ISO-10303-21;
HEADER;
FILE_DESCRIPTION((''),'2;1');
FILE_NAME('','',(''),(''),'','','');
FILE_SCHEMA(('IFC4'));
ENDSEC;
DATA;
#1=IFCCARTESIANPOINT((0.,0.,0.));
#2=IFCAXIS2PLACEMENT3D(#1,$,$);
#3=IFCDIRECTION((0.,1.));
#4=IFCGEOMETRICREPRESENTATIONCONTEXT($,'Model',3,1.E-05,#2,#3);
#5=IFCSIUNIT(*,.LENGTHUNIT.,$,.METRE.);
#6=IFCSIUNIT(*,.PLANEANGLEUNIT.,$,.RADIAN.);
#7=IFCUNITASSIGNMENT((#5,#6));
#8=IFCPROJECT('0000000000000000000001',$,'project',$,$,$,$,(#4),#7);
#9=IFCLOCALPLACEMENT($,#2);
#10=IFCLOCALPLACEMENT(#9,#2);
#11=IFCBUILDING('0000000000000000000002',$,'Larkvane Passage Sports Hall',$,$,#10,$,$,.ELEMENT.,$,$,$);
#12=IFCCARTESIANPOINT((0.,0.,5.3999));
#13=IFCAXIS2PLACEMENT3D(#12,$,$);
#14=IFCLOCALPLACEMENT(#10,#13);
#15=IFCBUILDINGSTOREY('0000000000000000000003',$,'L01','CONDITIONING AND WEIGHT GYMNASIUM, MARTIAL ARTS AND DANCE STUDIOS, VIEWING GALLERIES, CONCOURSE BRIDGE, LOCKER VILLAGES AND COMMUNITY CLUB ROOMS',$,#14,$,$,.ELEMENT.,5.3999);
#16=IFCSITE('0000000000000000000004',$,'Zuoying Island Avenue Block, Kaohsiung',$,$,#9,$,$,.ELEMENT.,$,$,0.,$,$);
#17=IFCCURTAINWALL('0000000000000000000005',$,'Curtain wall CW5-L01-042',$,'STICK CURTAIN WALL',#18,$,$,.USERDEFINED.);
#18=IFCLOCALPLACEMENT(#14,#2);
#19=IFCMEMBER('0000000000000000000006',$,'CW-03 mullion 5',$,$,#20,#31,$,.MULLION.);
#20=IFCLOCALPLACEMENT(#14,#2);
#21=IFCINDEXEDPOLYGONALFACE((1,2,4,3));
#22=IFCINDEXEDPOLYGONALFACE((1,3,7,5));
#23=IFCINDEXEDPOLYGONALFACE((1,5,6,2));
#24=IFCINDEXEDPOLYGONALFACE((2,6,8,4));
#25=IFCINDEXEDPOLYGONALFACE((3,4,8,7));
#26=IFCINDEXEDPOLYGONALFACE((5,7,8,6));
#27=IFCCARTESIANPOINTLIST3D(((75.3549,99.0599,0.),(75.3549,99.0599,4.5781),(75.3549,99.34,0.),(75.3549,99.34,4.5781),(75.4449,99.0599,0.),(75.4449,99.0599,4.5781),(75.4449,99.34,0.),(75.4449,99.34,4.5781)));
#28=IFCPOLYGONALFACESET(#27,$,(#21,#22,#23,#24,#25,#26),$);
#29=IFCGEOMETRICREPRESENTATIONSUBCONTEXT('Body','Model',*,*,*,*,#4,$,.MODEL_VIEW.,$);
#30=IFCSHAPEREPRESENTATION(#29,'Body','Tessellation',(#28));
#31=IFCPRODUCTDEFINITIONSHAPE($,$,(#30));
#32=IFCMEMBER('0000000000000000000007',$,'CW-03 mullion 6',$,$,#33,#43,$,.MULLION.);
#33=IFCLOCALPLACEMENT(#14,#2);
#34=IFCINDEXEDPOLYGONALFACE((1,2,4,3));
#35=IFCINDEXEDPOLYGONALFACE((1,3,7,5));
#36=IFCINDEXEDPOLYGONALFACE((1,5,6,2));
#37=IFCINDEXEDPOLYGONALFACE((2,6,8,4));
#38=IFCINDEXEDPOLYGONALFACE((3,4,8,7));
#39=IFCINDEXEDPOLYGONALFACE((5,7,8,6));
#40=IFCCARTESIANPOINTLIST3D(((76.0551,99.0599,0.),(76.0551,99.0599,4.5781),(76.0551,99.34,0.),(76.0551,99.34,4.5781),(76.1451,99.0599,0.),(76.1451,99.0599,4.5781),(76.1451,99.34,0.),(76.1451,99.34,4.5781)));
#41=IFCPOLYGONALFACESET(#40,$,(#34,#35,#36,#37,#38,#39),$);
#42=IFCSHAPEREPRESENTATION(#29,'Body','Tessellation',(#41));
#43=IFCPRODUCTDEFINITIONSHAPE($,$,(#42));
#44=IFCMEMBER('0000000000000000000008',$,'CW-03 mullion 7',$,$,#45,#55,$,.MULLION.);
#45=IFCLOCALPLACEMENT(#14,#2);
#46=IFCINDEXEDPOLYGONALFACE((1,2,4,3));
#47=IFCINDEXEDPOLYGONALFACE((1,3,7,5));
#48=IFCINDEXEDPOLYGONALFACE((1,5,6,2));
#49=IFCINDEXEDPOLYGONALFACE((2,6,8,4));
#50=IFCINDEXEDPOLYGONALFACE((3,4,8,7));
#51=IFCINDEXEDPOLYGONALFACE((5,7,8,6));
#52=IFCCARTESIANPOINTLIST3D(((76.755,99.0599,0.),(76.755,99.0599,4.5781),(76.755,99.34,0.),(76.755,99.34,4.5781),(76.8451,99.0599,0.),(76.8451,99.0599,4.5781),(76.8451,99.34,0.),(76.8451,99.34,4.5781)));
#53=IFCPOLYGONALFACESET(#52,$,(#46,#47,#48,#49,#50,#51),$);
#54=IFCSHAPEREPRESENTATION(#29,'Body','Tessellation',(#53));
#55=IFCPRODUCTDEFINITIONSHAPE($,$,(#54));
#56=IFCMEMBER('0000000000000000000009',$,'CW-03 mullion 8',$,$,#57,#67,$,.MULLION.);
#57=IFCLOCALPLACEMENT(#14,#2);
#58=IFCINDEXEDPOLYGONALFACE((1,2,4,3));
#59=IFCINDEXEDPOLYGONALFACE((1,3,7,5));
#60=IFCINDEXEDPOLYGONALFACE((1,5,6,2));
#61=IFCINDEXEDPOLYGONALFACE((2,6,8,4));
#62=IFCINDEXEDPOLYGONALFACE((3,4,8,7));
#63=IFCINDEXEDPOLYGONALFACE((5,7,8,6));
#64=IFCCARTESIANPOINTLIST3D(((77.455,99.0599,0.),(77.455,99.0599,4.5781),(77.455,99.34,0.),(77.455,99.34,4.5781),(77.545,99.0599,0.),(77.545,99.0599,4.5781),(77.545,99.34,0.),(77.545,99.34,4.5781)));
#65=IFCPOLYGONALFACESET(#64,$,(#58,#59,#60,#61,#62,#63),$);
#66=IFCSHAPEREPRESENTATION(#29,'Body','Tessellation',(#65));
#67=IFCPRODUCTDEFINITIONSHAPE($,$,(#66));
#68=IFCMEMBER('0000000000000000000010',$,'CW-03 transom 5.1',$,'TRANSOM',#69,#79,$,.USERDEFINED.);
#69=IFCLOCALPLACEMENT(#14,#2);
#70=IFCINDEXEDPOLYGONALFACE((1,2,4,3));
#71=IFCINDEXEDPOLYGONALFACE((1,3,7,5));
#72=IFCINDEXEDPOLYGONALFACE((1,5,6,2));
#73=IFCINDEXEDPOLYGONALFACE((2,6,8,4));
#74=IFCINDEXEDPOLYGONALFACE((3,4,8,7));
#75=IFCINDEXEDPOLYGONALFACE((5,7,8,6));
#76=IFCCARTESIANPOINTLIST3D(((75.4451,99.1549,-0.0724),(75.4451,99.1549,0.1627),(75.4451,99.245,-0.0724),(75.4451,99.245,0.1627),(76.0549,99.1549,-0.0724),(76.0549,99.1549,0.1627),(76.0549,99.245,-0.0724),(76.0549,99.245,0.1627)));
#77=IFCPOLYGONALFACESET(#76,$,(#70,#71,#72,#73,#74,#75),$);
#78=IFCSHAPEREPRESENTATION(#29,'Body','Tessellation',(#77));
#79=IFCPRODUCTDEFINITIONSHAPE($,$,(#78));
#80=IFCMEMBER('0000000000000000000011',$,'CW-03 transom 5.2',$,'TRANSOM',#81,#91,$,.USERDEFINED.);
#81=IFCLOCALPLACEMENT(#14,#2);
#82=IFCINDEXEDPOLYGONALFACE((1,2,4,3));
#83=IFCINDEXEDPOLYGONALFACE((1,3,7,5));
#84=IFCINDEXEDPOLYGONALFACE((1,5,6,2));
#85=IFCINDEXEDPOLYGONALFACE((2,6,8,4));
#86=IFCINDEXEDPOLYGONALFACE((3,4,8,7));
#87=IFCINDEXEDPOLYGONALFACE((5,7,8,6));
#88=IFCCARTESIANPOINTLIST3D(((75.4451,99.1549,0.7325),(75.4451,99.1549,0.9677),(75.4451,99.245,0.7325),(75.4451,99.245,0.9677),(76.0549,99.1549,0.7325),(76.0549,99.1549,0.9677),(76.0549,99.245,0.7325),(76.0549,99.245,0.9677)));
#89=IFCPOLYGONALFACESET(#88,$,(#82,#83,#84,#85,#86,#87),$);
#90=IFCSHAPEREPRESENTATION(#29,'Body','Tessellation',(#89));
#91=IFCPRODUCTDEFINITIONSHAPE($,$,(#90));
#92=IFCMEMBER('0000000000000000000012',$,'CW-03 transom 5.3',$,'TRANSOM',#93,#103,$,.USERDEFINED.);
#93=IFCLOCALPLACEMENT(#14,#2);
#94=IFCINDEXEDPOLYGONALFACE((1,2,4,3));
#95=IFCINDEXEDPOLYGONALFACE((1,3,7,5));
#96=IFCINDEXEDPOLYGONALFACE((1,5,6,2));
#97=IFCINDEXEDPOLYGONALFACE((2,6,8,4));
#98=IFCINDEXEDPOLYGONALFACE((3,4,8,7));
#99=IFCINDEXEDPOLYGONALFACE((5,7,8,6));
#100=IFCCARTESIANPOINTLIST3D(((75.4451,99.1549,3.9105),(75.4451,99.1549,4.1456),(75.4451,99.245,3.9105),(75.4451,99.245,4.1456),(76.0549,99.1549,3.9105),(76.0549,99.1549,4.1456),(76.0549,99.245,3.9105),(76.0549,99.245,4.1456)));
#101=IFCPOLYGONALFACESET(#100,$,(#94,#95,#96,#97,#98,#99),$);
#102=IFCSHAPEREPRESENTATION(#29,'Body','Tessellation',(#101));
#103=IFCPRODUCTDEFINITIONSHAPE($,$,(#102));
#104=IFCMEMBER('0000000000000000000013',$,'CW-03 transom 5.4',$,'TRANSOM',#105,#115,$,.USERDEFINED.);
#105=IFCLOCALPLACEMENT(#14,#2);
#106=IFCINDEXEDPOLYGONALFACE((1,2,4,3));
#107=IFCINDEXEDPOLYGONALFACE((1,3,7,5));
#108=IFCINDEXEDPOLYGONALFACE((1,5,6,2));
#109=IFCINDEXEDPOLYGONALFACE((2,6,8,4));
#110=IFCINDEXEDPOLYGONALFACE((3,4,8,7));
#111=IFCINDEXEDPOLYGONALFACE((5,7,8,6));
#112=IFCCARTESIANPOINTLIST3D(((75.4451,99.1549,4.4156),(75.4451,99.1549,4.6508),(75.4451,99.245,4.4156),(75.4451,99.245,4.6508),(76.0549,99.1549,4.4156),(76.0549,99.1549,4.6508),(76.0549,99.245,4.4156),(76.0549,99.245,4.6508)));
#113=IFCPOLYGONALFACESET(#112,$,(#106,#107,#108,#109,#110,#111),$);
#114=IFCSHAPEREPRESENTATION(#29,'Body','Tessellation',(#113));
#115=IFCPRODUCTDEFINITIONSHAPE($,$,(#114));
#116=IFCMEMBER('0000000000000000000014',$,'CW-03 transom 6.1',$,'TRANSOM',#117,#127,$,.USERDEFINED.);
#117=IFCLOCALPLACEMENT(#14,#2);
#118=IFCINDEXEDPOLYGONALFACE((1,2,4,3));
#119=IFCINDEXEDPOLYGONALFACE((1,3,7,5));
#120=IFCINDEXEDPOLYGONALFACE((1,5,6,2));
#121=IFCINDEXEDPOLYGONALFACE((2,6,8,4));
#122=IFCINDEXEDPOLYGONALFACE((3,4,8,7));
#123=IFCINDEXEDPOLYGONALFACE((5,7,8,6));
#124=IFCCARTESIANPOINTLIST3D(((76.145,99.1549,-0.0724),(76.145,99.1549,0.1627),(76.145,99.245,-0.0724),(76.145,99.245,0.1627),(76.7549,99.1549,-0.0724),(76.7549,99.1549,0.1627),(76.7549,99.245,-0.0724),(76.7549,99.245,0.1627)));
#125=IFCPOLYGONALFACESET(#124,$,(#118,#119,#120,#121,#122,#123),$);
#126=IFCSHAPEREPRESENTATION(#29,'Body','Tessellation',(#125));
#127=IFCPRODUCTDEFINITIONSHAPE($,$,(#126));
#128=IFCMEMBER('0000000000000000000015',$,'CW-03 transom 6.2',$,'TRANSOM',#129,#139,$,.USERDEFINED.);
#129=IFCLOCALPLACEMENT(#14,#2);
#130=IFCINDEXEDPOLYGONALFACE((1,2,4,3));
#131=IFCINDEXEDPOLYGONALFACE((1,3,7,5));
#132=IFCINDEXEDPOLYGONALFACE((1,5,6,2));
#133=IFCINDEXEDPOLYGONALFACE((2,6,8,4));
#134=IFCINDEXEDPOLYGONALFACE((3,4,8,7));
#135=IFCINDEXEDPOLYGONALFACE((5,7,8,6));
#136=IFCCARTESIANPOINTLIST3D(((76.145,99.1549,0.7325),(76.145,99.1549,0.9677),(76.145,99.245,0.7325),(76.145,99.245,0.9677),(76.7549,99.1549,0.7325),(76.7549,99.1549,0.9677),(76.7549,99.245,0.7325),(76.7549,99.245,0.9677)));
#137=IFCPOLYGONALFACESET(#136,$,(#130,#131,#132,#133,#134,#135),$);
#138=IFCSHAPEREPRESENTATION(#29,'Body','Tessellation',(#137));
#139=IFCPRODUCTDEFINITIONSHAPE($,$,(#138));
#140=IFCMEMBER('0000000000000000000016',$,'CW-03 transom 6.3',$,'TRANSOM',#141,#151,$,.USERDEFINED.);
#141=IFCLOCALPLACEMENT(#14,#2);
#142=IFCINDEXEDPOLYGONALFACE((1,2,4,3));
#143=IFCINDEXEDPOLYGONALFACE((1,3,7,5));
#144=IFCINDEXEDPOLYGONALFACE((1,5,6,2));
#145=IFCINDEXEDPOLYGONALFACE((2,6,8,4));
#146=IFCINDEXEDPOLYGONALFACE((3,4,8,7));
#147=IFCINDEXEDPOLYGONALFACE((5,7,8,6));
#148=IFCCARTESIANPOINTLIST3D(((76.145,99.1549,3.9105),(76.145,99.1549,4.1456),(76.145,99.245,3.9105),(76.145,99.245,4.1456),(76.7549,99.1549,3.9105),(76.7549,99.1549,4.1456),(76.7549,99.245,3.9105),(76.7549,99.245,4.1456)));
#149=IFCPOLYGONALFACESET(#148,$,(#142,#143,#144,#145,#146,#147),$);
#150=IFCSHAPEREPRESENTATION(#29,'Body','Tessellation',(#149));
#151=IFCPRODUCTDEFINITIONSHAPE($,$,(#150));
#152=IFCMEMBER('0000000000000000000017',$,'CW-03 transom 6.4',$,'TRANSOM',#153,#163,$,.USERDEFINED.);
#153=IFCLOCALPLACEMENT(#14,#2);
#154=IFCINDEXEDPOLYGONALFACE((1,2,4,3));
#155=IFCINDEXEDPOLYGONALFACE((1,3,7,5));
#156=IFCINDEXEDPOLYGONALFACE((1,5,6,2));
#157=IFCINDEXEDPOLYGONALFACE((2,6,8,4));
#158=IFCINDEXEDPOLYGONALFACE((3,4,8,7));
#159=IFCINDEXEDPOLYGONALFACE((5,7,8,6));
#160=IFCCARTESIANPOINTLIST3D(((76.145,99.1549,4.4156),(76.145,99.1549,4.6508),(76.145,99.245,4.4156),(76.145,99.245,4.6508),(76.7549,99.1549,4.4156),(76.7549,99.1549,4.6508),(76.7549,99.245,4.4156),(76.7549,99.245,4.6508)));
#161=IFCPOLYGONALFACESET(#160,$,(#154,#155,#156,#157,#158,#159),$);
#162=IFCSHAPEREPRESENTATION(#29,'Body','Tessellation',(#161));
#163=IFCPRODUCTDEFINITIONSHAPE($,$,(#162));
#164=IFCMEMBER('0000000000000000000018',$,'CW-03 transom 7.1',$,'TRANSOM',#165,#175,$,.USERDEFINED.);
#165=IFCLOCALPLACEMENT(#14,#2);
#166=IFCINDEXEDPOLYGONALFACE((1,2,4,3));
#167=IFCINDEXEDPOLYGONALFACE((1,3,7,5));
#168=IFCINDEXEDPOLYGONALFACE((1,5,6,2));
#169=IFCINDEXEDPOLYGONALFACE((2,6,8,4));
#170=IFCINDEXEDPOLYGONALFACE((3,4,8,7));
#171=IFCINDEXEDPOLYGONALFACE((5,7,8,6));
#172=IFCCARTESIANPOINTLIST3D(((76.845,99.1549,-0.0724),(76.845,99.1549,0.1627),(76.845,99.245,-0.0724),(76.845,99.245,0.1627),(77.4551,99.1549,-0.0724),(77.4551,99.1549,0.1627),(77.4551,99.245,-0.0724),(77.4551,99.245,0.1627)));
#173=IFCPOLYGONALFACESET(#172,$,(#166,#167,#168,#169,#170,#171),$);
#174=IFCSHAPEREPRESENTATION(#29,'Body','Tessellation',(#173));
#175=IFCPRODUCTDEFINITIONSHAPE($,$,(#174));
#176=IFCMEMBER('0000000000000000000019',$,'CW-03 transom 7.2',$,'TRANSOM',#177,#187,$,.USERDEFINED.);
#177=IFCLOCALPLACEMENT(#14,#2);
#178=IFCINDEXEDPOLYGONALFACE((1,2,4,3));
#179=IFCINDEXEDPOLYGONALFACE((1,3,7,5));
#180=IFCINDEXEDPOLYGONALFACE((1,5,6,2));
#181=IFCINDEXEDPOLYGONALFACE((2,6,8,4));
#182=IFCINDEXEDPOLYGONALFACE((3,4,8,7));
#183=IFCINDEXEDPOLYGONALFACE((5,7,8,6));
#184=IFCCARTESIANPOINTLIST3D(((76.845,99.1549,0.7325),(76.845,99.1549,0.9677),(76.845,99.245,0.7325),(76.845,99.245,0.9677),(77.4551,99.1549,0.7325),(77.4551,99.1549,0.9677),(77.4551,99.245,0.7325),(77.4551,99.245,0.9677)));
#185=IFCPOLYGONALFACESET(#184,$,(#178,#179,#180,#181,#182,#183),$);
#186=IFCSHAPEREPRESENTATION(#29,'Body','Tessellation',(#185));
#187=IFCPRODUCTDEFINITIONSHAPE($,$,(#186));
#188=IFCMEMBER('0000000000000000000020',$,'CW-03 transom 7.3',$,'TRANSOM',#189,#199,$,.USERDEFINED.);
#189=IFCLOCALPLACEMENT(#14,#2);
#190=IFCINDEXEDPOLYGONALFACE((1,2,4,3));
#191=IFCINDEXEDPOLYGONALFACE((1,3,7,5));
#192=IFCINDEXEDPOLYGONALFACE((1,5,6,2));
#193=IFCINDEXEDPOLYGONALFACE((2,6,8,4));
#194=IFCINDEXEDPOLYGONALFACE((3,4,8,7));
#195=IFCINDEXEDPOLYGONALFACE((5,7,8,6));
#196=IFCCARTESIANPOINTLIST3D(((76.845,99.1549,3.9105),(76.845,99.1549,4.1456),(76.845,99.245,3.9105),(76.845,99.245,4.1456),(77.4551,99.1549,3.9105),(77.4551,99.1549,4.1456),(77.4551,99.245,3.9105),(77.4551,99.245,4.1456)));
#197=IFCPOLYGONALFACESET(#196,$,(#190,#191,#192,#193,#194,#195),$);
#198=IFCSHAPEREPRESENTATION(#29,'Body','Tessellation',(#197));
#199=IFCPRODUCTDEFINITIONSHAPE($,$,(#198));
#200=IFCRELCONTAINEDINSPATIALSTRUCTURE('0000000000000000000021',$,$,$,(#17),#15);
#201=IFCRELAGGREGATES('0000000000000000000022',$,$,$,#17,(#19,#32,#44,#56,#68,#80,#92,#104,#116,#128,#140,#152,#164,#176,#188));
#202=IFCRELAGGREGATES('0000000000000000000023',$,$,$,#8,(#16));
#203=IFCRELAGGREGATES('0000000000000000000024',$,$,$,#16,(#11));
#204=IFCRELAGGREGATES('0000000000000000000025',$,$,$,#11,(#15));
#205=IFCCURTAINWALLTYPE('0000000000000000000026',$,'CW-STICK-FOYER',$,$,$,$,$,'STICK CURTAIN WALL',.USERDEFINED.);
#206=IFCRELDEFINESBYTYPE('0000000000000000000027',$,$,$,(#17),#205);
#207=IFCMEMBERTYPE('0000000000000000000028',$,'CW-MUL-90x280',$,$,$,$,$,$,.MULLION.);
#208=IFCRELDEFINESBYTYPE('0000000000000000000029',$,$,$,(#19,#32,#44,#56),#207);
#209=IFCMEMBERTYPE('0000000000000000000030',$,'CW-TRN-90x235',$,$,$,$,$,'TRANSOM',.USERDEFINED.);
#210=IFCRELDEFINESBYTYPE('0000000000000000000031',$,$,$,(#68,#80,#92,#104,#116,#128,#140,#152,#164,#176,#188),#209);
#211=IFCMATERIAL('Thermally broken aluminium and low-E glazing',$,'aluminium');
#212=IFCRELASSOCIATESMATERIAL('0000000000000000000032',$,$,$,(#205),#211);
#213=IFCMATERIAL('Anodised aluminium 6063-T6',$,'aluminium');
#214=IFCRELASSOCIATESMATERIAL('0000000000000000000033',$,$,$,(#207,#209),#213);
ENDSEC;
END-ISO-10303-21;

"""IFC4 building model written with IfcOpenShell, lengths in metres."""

from ifc_helpers import new_model, si_unit, direction, frame, origin, origin_2d, place, context, subcontext, project, spatial, rectangle, extrude, material, material_profile, profile_set, type_object, element, aggregate, save


model = new_model("IFC4")

# Units and contexts
model_context = context("Model", 3, precision=1e-05, world=origin(), true_north=direction((0.0, 1.0)))
body_context = subcontext(model_context, "Body", "Model", "MODEL_VIEW")
ifc_project = project(units=[si_unit("LENGTHUNIT", "METRE"), si_unit("PLANEANGLEUNIT", "RADIAN")], contexts=[model_context])

# Site, building, storey
site_placement = place(None, origin())
site = spatial("IfcSite", under=ifc_project, at=site_placement, Name="Zuoying Island Avenue Block, Kaohsiung", CompositionType="ELEMENT", RefElevation=0.0)
building_placement = place(site_placement, origin())
building = spatial("IfcBuilding", under=site, at=building_placement, Name="Larkvane Passage Sports Hall", CompositionType="ELEMENT")
storey_placement = place(building_placement, frame((0.0, 0.0, 5.3999)))
storey = spatial("IfcBuildingStorey", under=building, at=storey_placement, Name="L01", Description="CONDITIONING AND WEIGHT GYMNASIUM, MARTIAL ARTS AND DANCE STUDIOS, VIEWING GALLERIES, CONCOURSE BRIDGE, LOCKER VILLAGES AND COMMUNITY CLUB ROOMS", CompositionType="ELEMENT", Elevation=5.3999)

# Curtain wall, members
ifc_material_1 = material(Name="Thermally broken aluminium and low-E glazing", Category="aluminium")
curtain_wall_type = type_object("IfcCurtainWallType", Name="CW-STICK-FOYER", ElementType="STICK CURTAIN WALL", PredefinedType="USERDEFINED", material=ifc_material_1)
curtain_wall_placement = place(storey_placement, origin())
curtain_wall = element("IfcCurtainWall", 1, at=curtain_wall_placement, inside=storey, type_object=curtain_wall_type, Name="Curtain wall CW5-L01-042", ObjectType="STICK CURTAIN WALL", PredefinedType="USERDEFINED")
ifc_material_2 = material(Name="Anodised aluminium 6063-T6", Category="aluminium")
ifc_material_profile_1 = material_profile(ifc_material_2, rectangle(XDim=0.0901, YDim=0.28, at=origin_2d()), Name="ALU-MUL-90x280")
ifc_profile_set_1 = profile_set([ifc_material_profile_1], Name="Anodised aluminium 6063-T6")
member_type_1 = type_object("IfcMemberType", Name="CW-MUL-90x280", PredefinedType="MULLION", material=ifc_profile_set_1)
member_1_placement = place(storey_placement, frame((75.3999, 99.2, 0.0), z_axis=(0.0, 0.0, 1.0), x_axis=(1.0, 0.0, 0.0)))
member_1 = element("IfcMember", 2, at=member_1_placement, type_object=member_type_1, Name="CW-03 mullion 5", PredefinedType="MULLION", context=body_context, shape_type="SweptSolid", body=[
    extrude(rectangle(XDim=0.0901, YDim=0.28, at=origin_2d()), origin(), (0.0, 0.0, 1.0), 4.5781),
])
member_2_placement = place(storey_placement, frame((76.1001, 99.2, 0.0), z_axis=(0.0, 0.0, 1.0), x_axis=(1.0, 0.0, 0.0)))
member_2 = element("IfcMember", 3, at=member_2_placement, type_object=member_type_1, Name="CW-03 mullion 6", PredefinedType="MULLION", context=body_context, shape_type="SweptSolid", body=[
    extrude(rectangle(XDim=0.0901, YDim=0.28, at=origin_2d()), origin(), (0.0, 0.0, 1.0), 4.5781),
])
member_3_placement = place(storey_placement, frame((76.8, 99.2, 0.0), z_axis=(0.0, 0.0, 1.0), x_axis=(1.0, 0.0, 0.0)))
member_3 = element("IfcMember", 4, at=member_3_placement, type_object=member_type_1, Name="CW-03 mullion 7", PredefinedType="MULLION", context=body_context, shape_type="SweptSolid", body=[
    extrude(rectangle(XDim=0.0901, YDim=0.28, at=origin_2d()), origin(), (0.0, 0.0, 1.0), 4.5781),
])
member_4_placement = place(storey_placement, frame((77.5, 99.2, 0.0), z_axis=(0.0, 0.0, 1.0), x_axis=(1.0, 0.0, 0.0)))
member_4 = element("IfcMember", 5, at=member_4_placement, type_object=member_type_1, Name="CW-03 mullion 8", PredefinedType="MULLION", context=body_context, shape_type="SweptSolid", body=[
    extrude(rectangle(XDim=0.0901, YDim=0.28, at=origin_2d()), origin(), (0.0, 0.0, 1.0), 4.5781),
])
ifc_material_profile_2 = material_profile(ifc_material_2, rectangle(XDim=0.0901, YDim=0.2351, at=origin_2d()), Name="ALU-TRN-90x235")
ifc_profile_set_2 = profile_set([ifc_material_profile_2], Name="Anodised aluminium 6063-T6")
member_type_2 = type_object("IfcMemberType", Name="CW-TRN-90x235", ElementType="TRANSOM", PredefinedType="USERDEFINED", material=ifc_profile_set_2)
member_5_placement = place(storey_placement, frame((75.4451, 99.2, 0.0452), z_axis=(1.0, 0.0, 0.0), x_axis=(0.0, 1.0, 0.0)))
member_5 = element("IfcMember", 6, at=member_5_placement, type_object=member_type_2, Name="CW-03 transom 5.1", ObjectType="TRANSOM", PredefinedType="USERDEFINED", context=body_context, shape_type="SweptSolid", body=[
    extrude(rectangle(XDim=0.0901, YDim=0.2351, at=origin_2d()), origin(), (0.0, 0.0, 1.0), 0.6099),
])
member_6_placement = place(storey_placement, frame((75.4451, 99.2, 0.8501), z_axis=(1.0, 0.0, 0.0), x_axis=(0.0, 1.0, 0.0)))
member_6 = element("IfcMember", 7, at=member_6_placement, type_object=member_type_2, Name="CW-03 transom 5.2", ObjectType="TRANSOM", PredefinedType="USERDEFINED", context=body_context, shape_type="SweptSolid", body=[
    extrude(rectangle(XDim=0.0901, YDim=0.2351, at=origin_2d()), origin(), (0.0, 0.0, 1.0), 0.6099),
])
member_7_placement = place(storey_placement, frame((75.4451, 99.2, 4.0281), z_axis=(1.0, 0.0, 0.0), x_axis=(0.0, 1.0, 0.0)))
member_7 = element("IfcMember", 8, at=member_7_placement, type_object=member_type_2, Name="CW-03 transom 5.3", ObjectType="TRANSOM", PredefinedType="USERDEFINED", context=body_context, shape_type="SweptSolid", body=[
    extrude(rectangle(XDim=0.0901, YDim=0.2351, at=origin_2d()), origin(), (0.0, 0.0, 1.0), 0.6099),
])
member_8_placement = place(storey_placement, frame((75.4451, 99.2, 4.5332), z_axis=(1.0, 0.0, 0.0), x_axis=(0.0, 1.0, 0.0)))
member_8 = element("IfcMember", 9, at=member_8_placement, type_object=member_type_2, Name="CW-03 transom 5.4", ObjectType="TRANSOM", PredefinedType="USERDEFINED", context=body_context, shape_type="SweptSolid", body=[
    extrude(rectangle(XDim=0.0901, YDim=0.2351, at=origin_2d()), origin(), (0.0, 0.0, 1.0), 0.6099),
])
member_9_placement = place(storey_placement, frame((76.145, 99.2, 0.0452), z_axis=(1.0, 0.0, 0.0), x_axis=(0.0, 1.0, 0.0)))
member_9 = element("IfcMember", 10, at=member_9_placement, type_object=member_type_2, Name="CW-03 transom 6.1", ObjectType="TRANSOM", PredefinedType="USERDEFINED", context=body_context, shape_type="SweptSolid", body=[
    extrude(rectangle(XDim=0.0901, YDim=0.2351, at=origin_2d()), origin(), (0.0, 0.0, 1.0), 0.6099),
])
member_10_placement = place(storey_placement, frame((76.145, 99.2, 0.8501), z_axis=(1.0, 0.0, 0.0), x_axis=(0.0, 1.0, 0.0)))
member_10 = element("IfcMember", 11, at=member_10_placement, type_object=member_type_2, Name="CW-03 transom 6.2", ObjectType="TRANSOM", PredefinedType="USERDEFINED", context=body_context, shape_type="SweptSolid", body=[
    extrude(rectangle(XDim=0.0901, YDim=0.2351, at=origin_2d()), origin(), (0.0, 0.0, 1.0), 0.6099),
])
member_11_placement = place(storey_placement, frame((76.145, 99.2, 4.0281), z_axis=(1.0, 0.0, 0.0), x_axis=(0.0, 1.0, 0.0)))
member_11 = element("IfcMember", 12, at=member_11_placement, type_object=member_type_2, Name="CW-03 transom 6.3", ObjectType="TRANSOM", PredefinedType="USERDEFINED", context=body_context, shape_type="SweptSolid", body=[
    extrude(rectangle(XDim=0.0901, YDim=0.2351, at=origin_2d()), origin(), (0.0, 0.0, 1.0), 0.6099),
])
member_12_placement = place(storey_placement, frame((76.145, 99.2, 4.5332), z_axis=(1.0, 0.0, 0.0), x_axis=(0.0, 1.0, 0.0)))
member_12 = element("IfcMember", 13, at=member_12_placement, type_object=member_type_2, Name="CW-03 transom 6.4", ObjectType="TRANSOM", PredefinedType="USERDEFINED", context=body_context, shape_type="SweptSolid", body=[
    extrude(rectangle(XDim=0.0901, YDim=0.2351, at=origin_2d()), origin(), (0.0, 0.0, 1.0), 0.6099),
])
member_13_placement = place(storey_placement, frame((76.845, 99.2, 0.0452), z_axis=(1.0, 0.0, 0.0), x_axis=(0.0, 1.0, 0.0)))
member_13 = element("IfcMember", 14, at=member_13_placement, type_object=member_type_2, Name="CW-03 transom 7.1", ObjectType="TRANSOM", PredefinedType="USERDEFINED", context=body_context, shape_type="SweptSolid", body=[
    extrude(rectangle(XDim=0.0901, YDim=0.2351, at=origin_2d()), origin(), (0.0, 0.0, 1.0), 0.6101),
])
member_14_placement = place(storey_placement, frame((76.845, 99.2, 0.8501), z_axis=(1.0, 0.0, 0.0), x_axis=(0.0, 1.0, 0.0)))
member_14 = element("IfcMember", 15, at=member_14_placement, type_object=member_type_2, Name="CW-03 transom 7.2", ObjectType="TRANSOM", PredefinedType="USERDEFINED", context=body_context, shape_type="SweptSolid", body=[
    extrude(rectangle(XDim=0.0901, YDim=0.2351, at=origin_2d()), origin(), (0.0, 0.0, 1.0), 0.6101),
])
member_15_placement = place(storey_placement, frame((76.845, 99.2, 4.0281), z_axis=(1.0, 0.0, 0.0), x_axis=(0.0, 1.0, 0.0)))
member_15 = element("IfcMember", 16, at=member_15_placement, type_object=member_type_2, Name="CW-03 transom 7.3", ObjectType="TRANSOM", PredefinedType="USERDEFINED", context=body_context, shape_type="SweptSolid", body=[
    extrude(rectangle(XDim=0.0901, YDim=0.2351, at=origin_2d()), origin(), (0.0, 0.0, 1.0), 0.6101),
])
aggregate(curtain_wall, [member_1, member_2, member_3, member_4, member_5, member_6, member_7, member_8, member_9, member_10, member_11, member_12, member_13, member_14, member_15])

save(model, "model.ifc")
